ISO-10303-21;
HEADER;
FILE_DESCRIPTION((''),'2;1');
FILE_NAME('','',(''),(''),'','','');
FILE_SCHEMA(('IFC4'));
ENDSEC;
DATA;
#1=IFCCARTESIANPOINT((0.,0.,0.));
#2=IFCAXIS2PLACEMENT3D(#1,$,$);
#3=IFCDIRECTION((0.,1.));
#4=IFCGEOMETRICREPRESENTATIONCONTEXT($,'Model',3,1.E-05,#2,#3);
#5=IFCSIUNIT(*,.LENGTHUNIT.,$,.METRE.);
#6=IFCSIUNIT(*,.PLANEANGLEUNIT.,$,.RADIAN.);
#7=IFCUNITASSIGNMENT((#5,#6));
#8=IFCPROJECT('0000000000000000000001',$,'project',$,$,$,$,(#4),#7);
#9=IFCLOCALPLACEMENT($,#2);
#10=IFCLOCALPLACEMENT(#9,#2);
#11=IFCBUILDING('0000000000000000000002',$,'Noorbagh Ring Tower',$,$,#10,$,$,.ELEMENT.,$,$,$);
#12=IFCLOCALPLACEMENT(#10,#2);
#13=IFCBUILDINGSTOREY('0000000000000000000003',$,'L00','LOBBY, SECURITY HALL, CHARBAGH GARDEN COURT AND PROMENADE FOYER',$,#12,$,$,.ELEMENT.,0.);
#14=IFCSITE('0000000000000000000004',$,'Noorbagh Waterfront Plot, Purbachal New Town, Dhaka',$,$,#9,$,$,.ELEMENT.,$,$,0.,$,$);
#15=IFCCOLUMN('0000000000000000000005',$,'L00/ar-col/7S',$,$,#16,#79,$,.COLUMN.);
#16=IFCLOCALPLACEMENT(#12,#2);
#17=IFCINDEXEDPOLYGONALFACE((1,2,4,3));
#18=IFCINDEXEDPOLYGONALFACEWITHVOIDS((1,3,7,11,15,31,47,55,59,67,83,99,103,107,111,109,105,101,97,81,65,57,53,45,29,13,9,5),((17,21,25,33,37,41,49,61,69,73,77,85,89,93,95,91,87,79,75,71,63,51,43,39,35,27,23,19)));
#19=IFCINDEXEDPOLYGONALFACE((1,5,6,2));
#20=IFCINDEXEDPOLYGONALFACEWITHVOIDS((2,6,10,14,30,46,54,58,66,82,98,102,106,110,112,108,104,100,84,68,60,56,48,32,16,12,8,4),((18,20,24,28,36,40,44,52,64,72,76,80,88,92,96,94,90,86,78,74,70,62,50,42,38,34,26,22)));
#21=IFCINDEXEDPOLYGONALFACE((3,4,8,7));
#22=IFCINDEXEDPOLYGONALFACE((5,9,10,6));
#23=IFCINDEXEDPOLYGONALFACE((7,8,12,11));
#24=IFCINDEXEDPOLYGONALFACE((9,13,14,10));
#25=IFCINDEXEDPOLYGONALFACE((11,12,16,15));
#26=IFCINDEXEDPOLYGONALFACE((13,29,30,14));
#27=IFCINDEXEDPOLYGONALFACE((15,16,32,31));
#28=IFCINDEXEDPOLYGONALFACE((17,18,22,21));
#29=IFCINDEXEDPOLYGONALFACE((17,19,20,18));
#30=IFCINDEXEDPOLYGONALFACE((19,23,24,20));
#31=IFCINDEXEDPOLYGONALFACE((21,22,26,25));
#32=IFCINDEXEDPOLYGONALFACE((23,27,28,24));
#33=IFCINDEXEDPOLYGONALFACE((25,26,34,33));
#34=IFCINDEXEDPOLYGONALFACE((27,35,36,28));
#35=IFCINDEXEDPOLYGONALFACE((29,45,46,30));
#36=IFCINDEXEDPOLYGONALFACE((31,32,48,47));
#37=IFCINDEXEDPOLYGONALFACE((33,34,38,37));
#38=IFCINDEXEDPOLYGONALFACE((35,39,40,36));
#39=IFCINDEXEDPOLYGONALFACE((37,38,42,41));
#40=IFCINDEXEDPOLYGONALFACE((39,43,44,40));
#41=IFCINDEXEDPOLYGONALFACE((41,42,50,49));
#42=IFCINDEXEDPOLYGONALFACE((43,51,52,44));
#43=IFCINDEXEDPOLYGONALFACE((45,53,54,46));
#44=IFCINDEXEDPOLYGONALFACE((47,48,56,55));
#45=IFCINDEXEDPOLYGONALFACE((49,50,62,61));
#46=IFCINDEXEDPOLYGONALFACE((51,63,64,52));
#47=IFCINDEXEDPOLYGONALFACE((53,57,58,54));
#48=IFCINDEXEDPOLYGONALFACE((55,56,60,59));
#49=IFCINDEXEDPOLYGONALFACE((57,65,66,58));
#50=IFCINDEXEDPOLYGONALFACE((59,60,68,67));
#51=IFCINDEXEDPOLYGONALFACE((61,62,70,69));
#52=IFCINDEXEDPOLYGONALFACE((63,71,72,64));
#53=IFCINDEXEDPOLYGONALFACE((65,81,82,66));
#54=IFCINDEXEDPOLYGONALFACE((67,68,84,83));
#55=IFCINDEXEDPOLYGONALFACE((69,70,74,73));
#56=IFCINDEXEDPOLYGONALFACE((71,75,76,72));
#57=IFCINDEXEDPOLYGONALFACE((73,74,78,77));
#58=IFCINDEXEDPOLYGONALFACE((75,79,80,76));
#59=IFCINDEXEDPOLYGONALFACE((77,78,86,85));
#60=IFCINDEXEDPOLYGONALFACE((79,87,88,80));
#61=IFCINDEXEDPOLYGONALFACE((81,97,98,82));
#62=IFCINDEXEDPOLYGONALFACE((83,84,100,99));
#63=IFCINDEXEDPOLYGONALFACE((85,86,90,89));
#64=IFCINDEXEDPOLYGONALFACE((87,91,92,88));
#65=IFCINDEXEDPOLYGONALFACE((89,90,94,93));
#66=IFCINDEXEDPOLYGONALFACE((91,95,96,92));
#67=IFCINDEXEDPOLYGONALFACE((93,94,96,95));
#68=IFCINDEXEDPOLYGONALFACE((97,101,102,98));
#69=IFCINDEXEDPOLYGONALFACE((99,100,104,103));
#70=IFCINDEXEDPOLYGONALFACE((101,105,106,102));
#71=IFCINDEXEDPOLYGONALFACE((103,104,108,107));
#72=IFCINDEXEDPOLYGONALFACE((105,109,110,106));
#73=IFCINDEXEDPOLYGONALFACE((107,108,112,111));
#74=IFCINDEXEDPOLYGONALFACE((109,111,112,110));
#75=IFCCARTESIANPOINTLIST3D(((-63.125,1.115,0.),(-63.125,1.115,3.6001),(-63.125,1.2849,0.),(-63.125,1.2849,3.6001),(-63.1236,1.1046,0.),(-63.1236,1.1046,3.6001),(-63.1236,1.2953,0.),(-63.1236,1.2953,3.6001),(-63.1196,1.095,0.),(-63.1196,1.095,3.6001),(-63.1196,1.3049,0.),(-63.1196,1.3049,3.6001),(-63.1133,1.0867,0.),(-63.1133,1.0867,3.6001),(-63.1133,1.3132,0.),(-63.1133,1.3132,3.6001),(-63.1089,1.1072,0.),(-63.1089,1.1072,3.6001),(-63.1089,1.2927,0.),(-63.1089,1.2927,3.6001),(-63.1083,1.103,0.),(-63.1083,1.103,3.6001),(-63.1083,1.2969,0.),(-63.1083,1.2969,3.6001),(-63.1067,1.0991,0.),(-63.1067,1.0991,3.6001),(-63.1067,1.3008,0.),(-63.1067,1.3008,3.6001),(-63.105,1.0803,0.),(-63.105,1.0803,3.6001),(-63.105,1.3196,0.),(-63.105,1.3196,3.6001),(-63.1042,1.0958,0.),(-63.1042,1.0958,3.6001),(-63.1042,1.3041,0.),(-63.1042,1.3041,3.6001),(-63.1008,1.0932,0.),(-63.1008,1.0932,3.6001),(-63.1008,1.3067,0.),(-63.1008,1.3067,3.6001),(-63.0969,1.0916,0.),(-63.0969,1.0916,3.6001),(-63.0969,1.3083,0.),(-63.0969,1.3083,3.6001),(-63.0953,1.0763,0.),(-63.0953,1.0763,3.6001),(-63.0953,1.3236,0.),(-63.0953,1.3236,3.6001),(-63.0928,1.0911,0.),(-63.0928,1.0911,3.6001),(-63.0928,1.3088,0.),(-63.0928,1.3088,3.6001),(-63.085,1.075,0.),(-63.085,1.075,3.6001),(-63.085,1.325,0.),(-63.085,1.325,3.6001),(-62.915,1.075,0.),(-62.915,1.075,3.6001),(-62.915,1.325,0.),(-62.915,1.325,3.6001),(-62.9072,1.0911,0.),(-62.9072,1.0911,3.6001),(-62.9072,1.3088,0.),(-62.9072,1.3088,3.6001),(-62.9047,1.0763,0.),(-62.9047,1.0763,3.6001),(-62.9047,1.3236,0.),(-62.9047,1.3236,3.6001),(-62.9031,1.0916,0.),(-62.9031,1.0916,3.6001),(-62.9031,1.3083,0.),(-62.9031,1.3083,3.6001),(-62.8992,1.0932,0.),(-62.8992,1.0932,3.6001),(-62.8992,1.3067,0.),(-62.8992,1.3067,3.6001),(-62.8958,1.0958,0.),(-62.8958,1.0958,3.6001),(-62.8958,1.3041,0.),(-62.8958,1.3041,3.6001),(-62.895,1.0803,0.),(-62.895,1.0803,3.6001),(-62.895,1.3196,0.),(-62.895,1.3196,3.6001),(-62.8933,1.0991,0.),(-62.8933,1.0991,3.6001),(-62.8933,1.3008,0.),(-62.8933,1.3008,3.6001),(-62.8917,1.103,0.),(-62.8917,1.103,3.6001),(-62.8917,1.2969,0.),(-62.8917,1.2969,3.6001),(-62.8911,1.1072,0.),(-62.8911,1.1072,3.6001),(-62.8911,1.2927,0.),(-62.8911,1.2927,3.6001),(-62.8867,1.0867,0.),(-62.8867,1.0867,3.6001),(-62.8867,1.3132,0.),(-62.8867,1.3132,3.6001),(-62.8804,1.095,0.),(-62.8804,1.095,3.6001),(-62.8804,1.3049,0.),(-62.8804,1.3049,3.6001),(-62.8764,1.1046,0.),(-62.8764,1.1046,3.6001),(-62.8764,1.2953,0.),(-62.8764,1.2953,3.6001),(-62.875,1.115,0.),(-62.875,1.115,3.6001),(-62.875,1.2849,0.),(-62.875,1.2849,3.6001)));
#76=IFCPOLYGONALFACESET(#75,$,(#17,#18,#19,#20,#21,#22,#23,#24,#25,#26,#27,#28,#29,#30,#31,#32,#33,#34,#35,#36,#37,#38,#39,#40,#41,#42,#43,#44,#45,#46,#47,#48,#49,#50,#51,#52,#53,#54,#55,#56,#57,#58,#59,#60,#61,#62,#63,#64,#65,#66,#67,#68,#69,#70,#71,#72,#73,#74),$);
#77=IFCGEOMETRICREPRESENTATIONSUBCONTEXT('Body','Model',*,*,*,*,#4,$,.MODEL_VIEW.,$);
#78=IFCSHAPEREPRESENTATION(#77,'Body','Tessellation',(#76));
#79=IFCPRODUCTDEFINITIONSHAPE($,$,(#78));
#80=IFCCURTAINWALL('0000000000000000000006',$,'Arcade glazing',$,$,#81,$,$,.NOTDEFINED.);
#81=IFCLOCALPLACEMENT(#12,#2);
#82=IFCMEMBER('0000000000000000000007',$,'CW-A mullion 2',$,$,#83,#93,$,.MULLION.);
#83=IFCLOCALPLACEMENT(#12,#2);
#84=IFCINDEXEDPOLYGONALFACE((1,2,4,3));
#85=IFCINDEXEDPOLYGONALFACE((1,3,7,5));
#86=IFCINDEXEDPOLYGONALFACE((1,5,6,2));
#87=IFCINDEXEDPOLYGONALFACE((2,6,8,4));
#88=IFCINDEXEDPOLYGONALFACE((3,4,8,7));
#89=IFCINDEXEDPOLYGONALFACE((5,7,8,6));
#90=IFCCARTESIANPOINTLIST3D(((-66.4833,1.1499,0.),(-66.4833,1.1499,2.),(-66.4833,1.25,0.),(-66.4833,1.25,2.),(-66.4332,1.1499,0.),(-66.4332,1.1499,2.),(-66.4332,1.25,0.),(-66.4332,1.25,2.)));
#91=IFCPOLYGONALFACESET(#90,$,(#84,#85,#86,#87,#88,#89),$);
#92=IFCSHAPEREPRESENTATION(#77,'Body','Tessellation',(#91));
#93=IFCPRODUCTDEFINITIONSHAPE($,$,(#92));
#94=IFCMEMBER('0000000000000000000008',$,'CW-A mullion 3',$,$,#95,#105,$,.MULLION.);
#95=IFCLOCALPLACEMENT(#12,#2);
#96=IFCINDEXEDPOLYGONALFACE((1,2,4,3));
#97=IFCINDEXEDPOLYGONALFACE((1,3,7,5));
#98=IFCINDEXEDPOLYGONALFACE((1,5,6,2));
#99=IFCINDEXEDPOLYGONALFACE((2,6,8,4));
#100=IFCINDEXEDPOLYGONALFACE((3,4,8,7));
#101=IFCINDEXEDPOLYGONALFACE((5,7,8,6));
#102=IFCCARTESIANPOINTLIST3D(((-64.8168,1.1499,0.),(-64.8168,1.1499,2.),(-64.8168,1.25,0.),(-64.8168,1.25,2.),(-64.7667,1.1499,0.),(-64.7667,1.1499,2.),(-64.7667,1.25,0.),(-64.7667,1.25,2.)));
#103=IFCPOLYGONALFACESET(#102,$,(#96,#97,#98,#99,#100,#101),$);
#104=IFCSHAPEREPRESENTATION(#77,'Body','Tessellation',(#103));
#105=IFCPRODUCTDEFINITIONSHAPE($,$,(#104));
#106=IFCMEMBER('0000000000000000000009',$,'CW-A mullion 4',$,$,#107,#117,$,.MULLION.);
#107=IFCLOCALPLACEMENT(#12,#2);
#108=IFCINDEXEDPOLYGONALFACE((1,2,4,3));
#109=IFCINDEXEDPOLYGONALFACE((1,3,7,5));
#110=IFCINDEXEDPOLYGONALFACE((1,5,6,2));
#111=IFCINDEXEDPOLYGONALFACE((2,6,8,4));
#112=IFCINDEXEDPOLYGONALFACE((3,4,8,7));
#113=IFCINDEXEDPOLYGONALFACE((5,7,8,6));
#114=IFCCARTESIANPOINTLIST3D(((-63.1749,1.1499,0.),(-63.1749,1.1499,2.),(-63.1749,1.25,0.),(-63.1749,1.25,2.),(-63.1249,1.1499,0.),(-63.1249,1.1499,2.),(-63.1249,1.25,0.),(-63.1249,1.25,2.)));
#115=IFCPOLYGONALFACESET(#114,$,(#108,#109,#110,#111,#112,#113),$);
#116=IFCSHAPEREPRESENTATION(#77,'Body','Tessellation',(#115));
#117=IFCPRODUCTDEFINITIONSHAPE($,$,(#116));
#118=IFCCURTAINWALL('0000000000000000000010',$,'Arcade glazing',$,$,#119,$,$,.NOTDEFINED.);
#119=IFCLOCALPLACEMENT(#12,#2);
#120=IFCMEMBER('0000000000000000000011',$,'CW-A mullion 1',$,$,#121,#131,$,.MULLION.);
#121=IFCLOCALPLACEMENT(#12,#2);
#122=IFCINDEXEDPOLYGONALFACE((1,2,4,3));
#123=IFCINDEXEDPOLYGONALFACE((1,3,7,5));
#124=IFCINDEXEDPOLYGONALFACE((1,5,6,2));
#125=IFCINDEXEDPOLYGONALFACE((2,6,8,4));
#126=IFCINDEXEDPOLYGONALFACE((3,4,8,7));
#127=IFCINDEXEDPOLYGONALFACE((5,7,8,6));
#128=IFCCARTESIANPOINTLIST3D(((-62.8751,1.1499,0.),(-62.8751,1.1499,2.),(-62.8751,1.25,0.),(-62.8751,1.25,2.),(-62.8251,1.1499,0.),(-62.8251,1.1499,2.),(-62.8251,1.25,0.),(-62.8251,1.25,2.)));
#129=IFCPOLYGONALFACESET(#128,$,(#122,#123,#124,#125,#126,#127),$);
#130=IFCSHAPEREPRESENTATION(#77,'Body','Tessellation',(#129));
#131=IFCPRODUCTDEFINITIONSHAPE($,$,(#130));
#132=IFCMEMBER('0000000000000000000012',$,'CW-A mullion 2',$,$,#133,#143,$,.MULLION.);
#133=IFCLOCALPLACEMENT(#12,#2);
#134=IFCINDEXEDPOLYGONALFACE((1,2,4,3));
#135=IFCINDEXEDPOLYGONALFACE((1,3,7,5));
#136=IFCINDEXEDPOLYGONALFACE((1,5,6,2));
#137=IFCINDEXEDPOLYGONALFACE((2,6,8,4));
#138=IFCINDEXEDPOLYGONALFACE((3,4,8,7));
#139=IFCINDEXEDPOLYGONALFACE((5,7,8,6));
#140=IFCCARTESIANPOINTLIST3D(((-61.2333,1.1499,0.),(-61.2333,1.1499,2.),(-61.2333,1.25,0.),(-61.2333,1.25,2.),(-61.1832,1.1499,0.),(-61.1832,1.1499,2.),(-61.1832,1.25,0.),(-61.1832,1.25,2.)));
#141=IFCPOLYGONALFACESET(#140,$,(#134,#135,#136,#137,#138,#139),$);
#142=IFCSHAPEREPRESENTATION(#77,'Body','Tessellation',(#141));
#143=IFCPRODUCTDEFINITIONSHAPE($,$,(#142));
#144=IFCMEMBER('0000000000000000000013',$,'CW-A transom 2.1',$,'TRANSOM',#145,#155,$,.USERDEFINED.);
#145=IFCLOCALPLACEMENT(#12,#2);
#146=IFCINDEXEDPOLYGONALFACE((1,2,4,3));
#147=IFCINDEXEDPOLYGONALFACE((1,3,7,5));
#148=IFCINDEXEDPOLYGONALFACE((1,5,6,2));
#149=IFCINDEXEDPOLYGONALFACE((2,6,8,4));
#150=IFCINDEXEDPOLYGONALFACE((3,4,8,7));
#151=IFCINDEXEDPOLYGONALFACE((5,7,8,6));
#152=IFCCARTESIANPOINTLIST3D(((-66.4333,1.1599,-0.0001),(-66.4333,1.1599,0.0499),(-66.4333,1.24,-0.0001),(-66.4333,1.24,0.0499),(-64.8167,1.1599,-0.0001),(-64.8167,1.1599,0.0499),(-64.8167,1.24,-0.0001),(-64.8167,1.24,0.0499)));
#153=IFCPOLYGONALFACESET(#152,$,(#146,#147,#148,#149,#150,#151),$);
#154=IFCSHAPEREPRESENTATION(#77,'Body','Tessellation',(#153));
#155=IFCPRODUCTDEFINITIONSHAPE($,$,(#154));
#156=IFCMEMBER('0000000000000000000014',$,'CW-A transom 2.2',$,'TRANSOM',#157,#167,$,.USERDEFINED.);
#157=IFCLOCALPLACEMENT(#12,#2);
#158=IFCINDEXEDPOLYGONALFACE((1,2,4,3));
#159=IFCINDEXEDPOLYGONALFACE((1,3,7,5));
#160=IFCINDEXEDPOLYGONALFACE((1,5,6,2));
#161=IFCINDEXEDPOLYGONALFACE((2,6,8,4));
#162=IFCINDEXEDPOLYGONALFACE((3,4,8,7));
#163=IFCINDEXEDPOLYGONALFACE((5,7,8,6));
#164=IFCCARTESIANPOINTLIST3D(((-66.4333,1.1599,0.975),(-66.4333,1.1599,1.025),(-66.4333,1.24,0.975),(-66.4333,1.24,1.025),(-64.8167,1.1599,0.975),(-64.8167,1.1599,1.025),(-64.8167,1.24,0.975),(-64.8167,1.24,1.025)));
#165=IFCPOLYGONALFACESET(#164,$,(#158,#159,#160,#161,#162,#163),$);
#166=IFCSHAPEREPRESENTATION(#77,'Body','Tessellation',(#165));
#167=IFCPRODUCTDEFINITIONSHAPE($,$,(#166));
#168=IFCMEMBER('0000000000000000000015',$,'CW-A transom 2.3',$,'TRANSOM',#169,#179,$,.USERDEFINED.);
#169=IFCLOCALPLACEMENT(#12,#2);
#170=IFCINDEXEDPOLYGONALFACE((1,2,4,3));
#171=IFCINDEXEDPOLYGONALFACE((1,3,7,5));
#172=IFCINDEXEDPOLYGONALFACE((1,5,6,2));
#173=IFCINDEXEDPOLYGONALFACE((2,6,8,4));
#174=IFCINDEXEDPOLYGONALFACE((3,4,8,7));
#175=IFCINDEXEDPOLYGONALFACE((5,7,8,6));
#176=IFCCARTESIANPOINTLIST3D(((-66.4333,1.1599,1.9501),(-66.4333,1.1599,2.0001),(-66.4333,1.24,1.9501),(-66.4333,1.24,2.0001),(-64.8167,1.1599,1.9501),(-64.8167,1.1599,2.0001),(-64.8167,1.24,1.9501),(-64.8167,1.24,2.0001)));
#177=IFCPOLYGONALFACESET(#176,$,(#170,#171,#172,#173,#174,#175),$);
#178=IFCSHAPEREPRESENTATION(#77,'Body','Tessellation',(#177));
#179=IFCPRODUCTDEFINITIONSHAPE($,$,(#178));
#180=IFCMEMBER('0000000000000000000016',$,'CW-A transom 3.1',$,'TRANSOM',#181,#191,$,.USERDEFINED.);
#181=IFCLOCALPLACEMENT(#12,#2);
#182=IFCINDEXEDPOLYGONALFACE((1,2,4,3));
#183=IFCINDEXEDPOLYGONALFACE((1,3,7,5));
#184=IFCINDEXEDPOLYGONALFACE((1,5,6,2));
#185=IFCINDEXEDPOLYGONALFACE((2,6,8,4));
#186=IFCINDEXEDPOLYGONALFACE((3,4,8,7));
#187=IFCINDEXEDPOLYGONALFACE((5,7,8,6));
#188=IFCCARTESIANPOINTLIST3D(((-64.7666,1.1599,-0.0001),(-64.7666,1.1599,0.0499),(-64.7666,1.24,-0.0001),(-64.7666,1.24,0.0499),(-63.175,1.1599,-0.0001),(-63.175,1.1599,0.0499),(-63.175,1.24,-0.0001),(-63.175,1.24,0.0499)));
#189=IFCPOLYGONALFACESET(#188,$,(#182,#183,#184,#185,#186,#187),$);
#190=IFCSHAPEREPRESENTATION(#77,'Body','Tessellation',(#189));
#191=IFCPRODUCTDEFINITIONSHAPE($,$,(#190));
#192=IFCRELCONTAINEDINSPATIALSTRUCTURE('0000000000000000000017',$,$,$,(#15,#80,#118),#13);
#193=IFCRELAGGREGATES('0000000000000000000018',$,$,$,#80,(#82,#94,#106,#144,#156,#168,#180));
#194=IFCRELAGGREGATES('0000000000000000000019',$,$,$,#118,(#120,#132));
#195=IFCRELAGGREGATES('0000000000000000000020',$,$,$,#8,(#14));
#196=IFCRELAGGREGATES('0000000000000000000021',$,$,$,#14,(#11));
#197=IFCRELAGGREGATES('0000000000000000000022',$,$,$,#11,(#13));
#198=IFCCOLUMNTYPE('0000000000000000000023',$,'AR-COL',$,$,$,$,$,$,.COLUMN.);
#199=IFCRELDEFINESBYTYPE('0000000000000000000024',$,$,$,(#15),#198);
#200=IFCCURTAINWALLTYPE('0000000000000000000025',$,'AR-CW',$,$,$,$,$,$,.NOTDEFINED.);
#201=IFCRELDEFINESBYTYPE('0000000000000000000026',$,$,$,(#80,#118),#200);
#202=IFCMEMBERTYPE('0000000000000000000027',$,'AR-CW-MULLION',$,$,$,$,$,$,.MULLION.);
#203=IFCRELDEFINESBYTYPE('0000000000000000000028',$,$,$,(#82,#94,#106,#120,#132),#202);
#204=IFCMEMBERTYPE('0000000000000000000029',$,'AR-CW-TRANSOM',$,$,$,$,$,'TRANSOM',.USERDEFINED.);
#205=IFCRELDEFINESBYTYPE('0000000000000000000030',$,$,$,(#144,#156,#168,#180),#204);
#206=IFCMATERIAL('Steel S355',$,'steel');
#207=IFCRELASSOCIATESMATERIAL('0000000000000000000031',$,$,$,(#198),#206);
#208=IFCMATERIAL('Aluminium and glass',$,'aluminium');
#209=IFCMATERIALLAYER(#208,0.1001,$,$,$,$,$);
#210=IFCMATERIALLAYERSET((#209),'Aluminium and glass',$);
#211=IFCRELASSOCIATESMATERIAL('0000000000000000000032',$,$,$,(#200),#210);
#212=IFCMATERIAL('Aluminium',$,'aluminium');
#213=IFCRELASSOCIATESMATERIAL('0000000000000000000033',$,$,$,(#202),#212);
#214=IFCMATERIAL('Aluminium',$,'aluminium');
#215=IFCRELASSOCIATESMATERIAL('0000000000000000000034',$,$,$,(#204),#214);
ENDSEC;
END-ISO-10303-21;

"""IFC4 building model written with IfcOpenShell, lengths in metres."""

from ifc_helpers import new_model, si_unit, direction, frame, origin, origin_2d, place, context, subcontext, project, spatial, rectangle, hollow_rectangle, extrude, material, layer, layer_set, material_profile, profile_set, type_object, element, aggregate, save


model = new_model("IFC4")

# Units and contexts
model_context = context("Model", 3, precision=1e-05, world=origin(), true_north=direction((0.0, 1.0)))
body_context = subcontext(model_context, "Body", "Model", "MODEL_VIEW")
ifc_project = project(units=[si_unit("LENGTHUNIT", "METRE"), si_unit("PLANEANGLEUNIT", "RADIAN")], contexts=[model_context])

# Site, building, storey
site_placement = place(None, origin())
site = spatial("IfcSite", under=ifc_project, at=site_placement, Name="Noorbagh Waterfront Plot, Purbachal New Town, Dhaka", CompositionType="ELEMENT", RefElevation=0.0)
building_placement = place(site_placement, origin())
building = spatial("IfcBuilding", under=site, at=building_placement, Name="Noorbagh Ring Tower", CompositionType="ELEMENT")
storey_placement = place(building_placement, origin())
storey = spatial("IfcBuildingStorey", under=building, at=storey_placement, Name="L00", Description="LOBBY, SECURITY HALL, CHARBAGH GARDEN COURT AND PROMENADE FOYER", CompositionType="ELEMENT", Elevation=0.0)

# Column
ifc_material_1 = material(Name="Steel S355", Category="steel")
ifc_material_profile_1 = material_profile(ifc_material_1, hollow_rectangle(XDim=0.25, YDim=0.25, WallThickness=0.0161, InnerFilletRadius=0.0161, OuterFilletRadius=0.04, at=origin_2d()), Name="SHS250x250x16")
ifc_profile_set_1 = profile_set([ifc_material_profile_1], Name="Steel S355")
column_type = type_object("IfcColumnType", Name="AR-COL", PredefinedType="COLUMN", material=ifc_profile_set_1)
column_placement = place(storey_placement, frame((-63.0, 1.2, 0.0), z_axis=(0.0, 0.0, 1.0), x_axis=(1.0, 0.0, 0.0)))
element("IfcColumn", 1, at=column_placement, inside=storey, type_object=column_type, Name="L00/ar-col/7S", PredefinedType="COLUMN", context=body_context, shape_type="SweptSolid", body=[
    extrude(hollow_rectangle(XDim=0.25, YDim=0.25, WallThickness=0.0161, InnerFilletRadius=0.0161, OuterFilletRadius=0.04, at=origin_2d()), origin(), (0.0, 0.0, 1.0), 3.6001),
])

# Curtain walls, members
ifc_material_2 = material(Name="Aluminium and glass", Category="aluminium")
ifc_layer_1 = layer(ifc_material_2, 0.1001)
ifc_layer_set_1 = layer_set([ifc_layer_1], Name="Aluminium and glass")
curtain_wall_type = type_object("IfcCurtainWallType", Name="AR-CW", PredefinedType="NOTDEFINED", material=ifc_layer_set_1)
curtain_wall_1_placement = place(storey_placement, origin())
curtain_wall_1 = element("IfcCurtainWall", 2, at=curtain_wall_1_placement, inside=storey, type_object=curtain_wall_type, Name="Arcade glazing", PredefinedType="NOTDEFINED")
ifc_material_3 = material(Name="Aluminium", Category="aluminium")
ifc_material_profile_2 = material_profile(ifc_material_3, rectangle(XDim=0.1001, YDim=0.05, at=origin_2d()), Name="AL 100x50")
ifc_profile_set_2 = profile_set([ifc_material_profile_2], Name="Aluminium")
member_type_1 = type_object("IfcMemberType", Name="AR-CW-MULLION", PredefinedType="MULLION", material=ifc_profile_set_2)
member_1_placement = place(storey_placement, frame((-66.4583, 1.2, 0.0), z_axis=(0.0, 0.0, 1.0), x_axis=(0.0, 1.0, 0.0)))
member_1 = element("IfcMember", 3, at=member_1_placement, type_object=member_type_1, Name="CW-A mullion 2", PredefinedType="MULLION", context=body_context, shape_type="SweptSolid", body=[
    extrude(rectangle(XDim=0.1001, YDim=0.05, at=origin_2d()), origin(), (0.0, 0.0, 1.0), 2.0),
])
member_2_placement = place(storey_placement, frame((-64.7917, 1.2, 0.0), z_axis=(0.0, 0.0, 1.0), x_axis=(0.0, 1.0, 0.0)))
member_2 = element("IfcMember", 4, at=member_2_placement, type_object=member_type_1, Name="CW-A mullion 3", PredefinedType="MULLION", context=body_context, shape_type="SweptSolid", body=[
    extrude(rectangle(XDim=0.1001, YDim=0.05, at=origin_2d()), origin(), (0.0, 0.0, 1.0), 2.0),
])
member_3_placement = place(storey_placement, frame((-63.1499, 1.2, 0.0), z_axis=(0.0, 0.0, 1.0), x_axis=(0.0, 1.0, 0.0)))
member_3 = element("IfcMember", 5, at=member_3_placement, type_object=member_type_1, Name="CW-A mullion 4", PredefinedType="MULLION", context=body_context, shape_type="SweptSolid", body=[
    extrude(rectangle(XDim=0.1001, YDim=0.05, at=origin_2d()), origin(), (0.0, 0.0, 1.0), 2.0),
])
curtain_wall_2_placement = place(storey_placement, origin())
curtain_wall_2 = element("IfcCurtainWall", 6, at=curtain_wall_2_placement, inside=storey, type_object=curtain_wall_type, Name="Arcade glazing", PredefinedType="NOTDEFINED")
member_4_placement = place(storey_placement, frame((-62.8501, 1.2, 0.0), z_axis=(0.0, 0.0, 1.0), x_axis=(0.0, 1.0, 0.0)))
member_4 = element("IfcMember", 7, at=member_4_placement, type_object=member_type_1, Name="CW-A mullion 1", PredefinedType="MULLION", context=body_context, shape_type="SweptSolid", body=[
    extrude(rectangle(XDim=0.1001, YDim=0.05, at=origin_2d()), origin(), (0.0, 0.0, 1.0), 2.0),
])
member_5_placement = place(storey_placement, frame((-61.2083, 1.2, 0.0), z_axis=(0.0, 0.0, 1.0), x_axis=(0.0, 1.0, 0.0)))
member_5 = element("IfcMember", 8, at=member_5_placement, type_object=member_type_1, Name="CW-A mullion 2", PredefinedType="MULLION", context=body_context, shape_type="SweptSolid", body=[
    extrude(rectangle(XDim=0.1001, YDim=0.05, at=origin_2d()), origin(), (0.0, 0.0, 1.0), 2.0),
])

# Members
ifc_material_4 = material(Name="Aluminium", Category="aluminium")
ifc_material_profile_3 = material_profile(ifc_material_4, rectangle(XDim=0.0801, YDim=0.05, at=origin_2d()), Name="AL 80x50")
ifc_profile_set_3 = profile_set([ifc_material_profile_3], Name="Aluminium")
member_type_2 = type_object("IfcMemberType", Name="AR-CW-TRANSOM", ElementType="TRANSOM", PredefinedType="USERDEFINED", material=ifc_profile_set_3)
member_6_placement = place(storey_placement, frame((-66.4333, 1.2, 0.0249), z_axis=(1.0, 0.0, 0.0), x_axis=(0.0, 1.0, 0.0)))
member_6 = element("IfcMember", 9, at=member_6_placement, type_object=member_type_2, Name="CW-A transom 2.1", ObjectType="TRANSOM", PredefinedType="USERDEFINED", context=body_context, shape_type="SweptSolid", body=[
    extrude(rectangle(XDim=0.0801, YDim=0.05, at=origin_2d()), origin(), (0.0, 0.0, 1.0), 1.6167),
])
member_7_placement = place(storey_placement, frame((-66.4333, 1.2, 1.0), z_axis=(1.0, 0.0, 0.0), x_axis=(0.0, 1.0, 0.0)))
member_7 = element("IfcMember", 10, at=member_7_placement, type_object=member_type_2, Name="CW-A transom 2.2", ObjectType="TRANSOM", PredefinedType="USERDEFINED", context=body_context, shape_type="SweptSolid", body=[
    extrude(rectangle(XDim=0.0801, YDim=0.05, at=origin_2d()), origin(), (0.0, 0.0, 1.0), 1.6167),
])
member_8_placement = place(storey_placement, frame((-66.4333, 1.2, 1.9751), z_axis=(1.0, 0.0, 0.0), x_axis=(0.0, 1.0, 0.0)))
member_8 = element("IfcMember", 11, at=member_8_placement, type_object=member_type_2, Name="CW-A transom 2.3", ObjectType="TRANSOM", PredefinedType="USERDEFINED", context=body_context, shape_type="SweptSolid", body=[
    extrude(rectangle(XDim=0.0801, YDim=0.05, at=origin_2d()), origin(), (0.0, 0.0, 1.0), 1.6167),
])
member_9_placement = place(storey_placement, frame((-64.7666, 1.2, 0.0249), z_axis=(1.0, 0.0, 0.0), x_axis=(0.0, 1.0, 0.0)))
member_9 = element("IfcMember", 12, at=member_9_placement, type_object=member_type_2, Name="CW-A transom 3.1", ObjectType="TRANSOM", PredefinedType="USERDEFINED", context=body_context, shape_type="SweptSolid", body=[
    extrude(rectangle(XDim=0.0801, YDim=0.05, at=origin_2d()), origin(), (0.0, 0.0, 1.0), 1.5916),
])

aggregate(curtain_wall_1, [member_1, member_2, member_3, member_6, member_7, member_8, member_9])
aggregate(curtain_wall_2, [member_4, member_5])

save(model, "model.ifc")
